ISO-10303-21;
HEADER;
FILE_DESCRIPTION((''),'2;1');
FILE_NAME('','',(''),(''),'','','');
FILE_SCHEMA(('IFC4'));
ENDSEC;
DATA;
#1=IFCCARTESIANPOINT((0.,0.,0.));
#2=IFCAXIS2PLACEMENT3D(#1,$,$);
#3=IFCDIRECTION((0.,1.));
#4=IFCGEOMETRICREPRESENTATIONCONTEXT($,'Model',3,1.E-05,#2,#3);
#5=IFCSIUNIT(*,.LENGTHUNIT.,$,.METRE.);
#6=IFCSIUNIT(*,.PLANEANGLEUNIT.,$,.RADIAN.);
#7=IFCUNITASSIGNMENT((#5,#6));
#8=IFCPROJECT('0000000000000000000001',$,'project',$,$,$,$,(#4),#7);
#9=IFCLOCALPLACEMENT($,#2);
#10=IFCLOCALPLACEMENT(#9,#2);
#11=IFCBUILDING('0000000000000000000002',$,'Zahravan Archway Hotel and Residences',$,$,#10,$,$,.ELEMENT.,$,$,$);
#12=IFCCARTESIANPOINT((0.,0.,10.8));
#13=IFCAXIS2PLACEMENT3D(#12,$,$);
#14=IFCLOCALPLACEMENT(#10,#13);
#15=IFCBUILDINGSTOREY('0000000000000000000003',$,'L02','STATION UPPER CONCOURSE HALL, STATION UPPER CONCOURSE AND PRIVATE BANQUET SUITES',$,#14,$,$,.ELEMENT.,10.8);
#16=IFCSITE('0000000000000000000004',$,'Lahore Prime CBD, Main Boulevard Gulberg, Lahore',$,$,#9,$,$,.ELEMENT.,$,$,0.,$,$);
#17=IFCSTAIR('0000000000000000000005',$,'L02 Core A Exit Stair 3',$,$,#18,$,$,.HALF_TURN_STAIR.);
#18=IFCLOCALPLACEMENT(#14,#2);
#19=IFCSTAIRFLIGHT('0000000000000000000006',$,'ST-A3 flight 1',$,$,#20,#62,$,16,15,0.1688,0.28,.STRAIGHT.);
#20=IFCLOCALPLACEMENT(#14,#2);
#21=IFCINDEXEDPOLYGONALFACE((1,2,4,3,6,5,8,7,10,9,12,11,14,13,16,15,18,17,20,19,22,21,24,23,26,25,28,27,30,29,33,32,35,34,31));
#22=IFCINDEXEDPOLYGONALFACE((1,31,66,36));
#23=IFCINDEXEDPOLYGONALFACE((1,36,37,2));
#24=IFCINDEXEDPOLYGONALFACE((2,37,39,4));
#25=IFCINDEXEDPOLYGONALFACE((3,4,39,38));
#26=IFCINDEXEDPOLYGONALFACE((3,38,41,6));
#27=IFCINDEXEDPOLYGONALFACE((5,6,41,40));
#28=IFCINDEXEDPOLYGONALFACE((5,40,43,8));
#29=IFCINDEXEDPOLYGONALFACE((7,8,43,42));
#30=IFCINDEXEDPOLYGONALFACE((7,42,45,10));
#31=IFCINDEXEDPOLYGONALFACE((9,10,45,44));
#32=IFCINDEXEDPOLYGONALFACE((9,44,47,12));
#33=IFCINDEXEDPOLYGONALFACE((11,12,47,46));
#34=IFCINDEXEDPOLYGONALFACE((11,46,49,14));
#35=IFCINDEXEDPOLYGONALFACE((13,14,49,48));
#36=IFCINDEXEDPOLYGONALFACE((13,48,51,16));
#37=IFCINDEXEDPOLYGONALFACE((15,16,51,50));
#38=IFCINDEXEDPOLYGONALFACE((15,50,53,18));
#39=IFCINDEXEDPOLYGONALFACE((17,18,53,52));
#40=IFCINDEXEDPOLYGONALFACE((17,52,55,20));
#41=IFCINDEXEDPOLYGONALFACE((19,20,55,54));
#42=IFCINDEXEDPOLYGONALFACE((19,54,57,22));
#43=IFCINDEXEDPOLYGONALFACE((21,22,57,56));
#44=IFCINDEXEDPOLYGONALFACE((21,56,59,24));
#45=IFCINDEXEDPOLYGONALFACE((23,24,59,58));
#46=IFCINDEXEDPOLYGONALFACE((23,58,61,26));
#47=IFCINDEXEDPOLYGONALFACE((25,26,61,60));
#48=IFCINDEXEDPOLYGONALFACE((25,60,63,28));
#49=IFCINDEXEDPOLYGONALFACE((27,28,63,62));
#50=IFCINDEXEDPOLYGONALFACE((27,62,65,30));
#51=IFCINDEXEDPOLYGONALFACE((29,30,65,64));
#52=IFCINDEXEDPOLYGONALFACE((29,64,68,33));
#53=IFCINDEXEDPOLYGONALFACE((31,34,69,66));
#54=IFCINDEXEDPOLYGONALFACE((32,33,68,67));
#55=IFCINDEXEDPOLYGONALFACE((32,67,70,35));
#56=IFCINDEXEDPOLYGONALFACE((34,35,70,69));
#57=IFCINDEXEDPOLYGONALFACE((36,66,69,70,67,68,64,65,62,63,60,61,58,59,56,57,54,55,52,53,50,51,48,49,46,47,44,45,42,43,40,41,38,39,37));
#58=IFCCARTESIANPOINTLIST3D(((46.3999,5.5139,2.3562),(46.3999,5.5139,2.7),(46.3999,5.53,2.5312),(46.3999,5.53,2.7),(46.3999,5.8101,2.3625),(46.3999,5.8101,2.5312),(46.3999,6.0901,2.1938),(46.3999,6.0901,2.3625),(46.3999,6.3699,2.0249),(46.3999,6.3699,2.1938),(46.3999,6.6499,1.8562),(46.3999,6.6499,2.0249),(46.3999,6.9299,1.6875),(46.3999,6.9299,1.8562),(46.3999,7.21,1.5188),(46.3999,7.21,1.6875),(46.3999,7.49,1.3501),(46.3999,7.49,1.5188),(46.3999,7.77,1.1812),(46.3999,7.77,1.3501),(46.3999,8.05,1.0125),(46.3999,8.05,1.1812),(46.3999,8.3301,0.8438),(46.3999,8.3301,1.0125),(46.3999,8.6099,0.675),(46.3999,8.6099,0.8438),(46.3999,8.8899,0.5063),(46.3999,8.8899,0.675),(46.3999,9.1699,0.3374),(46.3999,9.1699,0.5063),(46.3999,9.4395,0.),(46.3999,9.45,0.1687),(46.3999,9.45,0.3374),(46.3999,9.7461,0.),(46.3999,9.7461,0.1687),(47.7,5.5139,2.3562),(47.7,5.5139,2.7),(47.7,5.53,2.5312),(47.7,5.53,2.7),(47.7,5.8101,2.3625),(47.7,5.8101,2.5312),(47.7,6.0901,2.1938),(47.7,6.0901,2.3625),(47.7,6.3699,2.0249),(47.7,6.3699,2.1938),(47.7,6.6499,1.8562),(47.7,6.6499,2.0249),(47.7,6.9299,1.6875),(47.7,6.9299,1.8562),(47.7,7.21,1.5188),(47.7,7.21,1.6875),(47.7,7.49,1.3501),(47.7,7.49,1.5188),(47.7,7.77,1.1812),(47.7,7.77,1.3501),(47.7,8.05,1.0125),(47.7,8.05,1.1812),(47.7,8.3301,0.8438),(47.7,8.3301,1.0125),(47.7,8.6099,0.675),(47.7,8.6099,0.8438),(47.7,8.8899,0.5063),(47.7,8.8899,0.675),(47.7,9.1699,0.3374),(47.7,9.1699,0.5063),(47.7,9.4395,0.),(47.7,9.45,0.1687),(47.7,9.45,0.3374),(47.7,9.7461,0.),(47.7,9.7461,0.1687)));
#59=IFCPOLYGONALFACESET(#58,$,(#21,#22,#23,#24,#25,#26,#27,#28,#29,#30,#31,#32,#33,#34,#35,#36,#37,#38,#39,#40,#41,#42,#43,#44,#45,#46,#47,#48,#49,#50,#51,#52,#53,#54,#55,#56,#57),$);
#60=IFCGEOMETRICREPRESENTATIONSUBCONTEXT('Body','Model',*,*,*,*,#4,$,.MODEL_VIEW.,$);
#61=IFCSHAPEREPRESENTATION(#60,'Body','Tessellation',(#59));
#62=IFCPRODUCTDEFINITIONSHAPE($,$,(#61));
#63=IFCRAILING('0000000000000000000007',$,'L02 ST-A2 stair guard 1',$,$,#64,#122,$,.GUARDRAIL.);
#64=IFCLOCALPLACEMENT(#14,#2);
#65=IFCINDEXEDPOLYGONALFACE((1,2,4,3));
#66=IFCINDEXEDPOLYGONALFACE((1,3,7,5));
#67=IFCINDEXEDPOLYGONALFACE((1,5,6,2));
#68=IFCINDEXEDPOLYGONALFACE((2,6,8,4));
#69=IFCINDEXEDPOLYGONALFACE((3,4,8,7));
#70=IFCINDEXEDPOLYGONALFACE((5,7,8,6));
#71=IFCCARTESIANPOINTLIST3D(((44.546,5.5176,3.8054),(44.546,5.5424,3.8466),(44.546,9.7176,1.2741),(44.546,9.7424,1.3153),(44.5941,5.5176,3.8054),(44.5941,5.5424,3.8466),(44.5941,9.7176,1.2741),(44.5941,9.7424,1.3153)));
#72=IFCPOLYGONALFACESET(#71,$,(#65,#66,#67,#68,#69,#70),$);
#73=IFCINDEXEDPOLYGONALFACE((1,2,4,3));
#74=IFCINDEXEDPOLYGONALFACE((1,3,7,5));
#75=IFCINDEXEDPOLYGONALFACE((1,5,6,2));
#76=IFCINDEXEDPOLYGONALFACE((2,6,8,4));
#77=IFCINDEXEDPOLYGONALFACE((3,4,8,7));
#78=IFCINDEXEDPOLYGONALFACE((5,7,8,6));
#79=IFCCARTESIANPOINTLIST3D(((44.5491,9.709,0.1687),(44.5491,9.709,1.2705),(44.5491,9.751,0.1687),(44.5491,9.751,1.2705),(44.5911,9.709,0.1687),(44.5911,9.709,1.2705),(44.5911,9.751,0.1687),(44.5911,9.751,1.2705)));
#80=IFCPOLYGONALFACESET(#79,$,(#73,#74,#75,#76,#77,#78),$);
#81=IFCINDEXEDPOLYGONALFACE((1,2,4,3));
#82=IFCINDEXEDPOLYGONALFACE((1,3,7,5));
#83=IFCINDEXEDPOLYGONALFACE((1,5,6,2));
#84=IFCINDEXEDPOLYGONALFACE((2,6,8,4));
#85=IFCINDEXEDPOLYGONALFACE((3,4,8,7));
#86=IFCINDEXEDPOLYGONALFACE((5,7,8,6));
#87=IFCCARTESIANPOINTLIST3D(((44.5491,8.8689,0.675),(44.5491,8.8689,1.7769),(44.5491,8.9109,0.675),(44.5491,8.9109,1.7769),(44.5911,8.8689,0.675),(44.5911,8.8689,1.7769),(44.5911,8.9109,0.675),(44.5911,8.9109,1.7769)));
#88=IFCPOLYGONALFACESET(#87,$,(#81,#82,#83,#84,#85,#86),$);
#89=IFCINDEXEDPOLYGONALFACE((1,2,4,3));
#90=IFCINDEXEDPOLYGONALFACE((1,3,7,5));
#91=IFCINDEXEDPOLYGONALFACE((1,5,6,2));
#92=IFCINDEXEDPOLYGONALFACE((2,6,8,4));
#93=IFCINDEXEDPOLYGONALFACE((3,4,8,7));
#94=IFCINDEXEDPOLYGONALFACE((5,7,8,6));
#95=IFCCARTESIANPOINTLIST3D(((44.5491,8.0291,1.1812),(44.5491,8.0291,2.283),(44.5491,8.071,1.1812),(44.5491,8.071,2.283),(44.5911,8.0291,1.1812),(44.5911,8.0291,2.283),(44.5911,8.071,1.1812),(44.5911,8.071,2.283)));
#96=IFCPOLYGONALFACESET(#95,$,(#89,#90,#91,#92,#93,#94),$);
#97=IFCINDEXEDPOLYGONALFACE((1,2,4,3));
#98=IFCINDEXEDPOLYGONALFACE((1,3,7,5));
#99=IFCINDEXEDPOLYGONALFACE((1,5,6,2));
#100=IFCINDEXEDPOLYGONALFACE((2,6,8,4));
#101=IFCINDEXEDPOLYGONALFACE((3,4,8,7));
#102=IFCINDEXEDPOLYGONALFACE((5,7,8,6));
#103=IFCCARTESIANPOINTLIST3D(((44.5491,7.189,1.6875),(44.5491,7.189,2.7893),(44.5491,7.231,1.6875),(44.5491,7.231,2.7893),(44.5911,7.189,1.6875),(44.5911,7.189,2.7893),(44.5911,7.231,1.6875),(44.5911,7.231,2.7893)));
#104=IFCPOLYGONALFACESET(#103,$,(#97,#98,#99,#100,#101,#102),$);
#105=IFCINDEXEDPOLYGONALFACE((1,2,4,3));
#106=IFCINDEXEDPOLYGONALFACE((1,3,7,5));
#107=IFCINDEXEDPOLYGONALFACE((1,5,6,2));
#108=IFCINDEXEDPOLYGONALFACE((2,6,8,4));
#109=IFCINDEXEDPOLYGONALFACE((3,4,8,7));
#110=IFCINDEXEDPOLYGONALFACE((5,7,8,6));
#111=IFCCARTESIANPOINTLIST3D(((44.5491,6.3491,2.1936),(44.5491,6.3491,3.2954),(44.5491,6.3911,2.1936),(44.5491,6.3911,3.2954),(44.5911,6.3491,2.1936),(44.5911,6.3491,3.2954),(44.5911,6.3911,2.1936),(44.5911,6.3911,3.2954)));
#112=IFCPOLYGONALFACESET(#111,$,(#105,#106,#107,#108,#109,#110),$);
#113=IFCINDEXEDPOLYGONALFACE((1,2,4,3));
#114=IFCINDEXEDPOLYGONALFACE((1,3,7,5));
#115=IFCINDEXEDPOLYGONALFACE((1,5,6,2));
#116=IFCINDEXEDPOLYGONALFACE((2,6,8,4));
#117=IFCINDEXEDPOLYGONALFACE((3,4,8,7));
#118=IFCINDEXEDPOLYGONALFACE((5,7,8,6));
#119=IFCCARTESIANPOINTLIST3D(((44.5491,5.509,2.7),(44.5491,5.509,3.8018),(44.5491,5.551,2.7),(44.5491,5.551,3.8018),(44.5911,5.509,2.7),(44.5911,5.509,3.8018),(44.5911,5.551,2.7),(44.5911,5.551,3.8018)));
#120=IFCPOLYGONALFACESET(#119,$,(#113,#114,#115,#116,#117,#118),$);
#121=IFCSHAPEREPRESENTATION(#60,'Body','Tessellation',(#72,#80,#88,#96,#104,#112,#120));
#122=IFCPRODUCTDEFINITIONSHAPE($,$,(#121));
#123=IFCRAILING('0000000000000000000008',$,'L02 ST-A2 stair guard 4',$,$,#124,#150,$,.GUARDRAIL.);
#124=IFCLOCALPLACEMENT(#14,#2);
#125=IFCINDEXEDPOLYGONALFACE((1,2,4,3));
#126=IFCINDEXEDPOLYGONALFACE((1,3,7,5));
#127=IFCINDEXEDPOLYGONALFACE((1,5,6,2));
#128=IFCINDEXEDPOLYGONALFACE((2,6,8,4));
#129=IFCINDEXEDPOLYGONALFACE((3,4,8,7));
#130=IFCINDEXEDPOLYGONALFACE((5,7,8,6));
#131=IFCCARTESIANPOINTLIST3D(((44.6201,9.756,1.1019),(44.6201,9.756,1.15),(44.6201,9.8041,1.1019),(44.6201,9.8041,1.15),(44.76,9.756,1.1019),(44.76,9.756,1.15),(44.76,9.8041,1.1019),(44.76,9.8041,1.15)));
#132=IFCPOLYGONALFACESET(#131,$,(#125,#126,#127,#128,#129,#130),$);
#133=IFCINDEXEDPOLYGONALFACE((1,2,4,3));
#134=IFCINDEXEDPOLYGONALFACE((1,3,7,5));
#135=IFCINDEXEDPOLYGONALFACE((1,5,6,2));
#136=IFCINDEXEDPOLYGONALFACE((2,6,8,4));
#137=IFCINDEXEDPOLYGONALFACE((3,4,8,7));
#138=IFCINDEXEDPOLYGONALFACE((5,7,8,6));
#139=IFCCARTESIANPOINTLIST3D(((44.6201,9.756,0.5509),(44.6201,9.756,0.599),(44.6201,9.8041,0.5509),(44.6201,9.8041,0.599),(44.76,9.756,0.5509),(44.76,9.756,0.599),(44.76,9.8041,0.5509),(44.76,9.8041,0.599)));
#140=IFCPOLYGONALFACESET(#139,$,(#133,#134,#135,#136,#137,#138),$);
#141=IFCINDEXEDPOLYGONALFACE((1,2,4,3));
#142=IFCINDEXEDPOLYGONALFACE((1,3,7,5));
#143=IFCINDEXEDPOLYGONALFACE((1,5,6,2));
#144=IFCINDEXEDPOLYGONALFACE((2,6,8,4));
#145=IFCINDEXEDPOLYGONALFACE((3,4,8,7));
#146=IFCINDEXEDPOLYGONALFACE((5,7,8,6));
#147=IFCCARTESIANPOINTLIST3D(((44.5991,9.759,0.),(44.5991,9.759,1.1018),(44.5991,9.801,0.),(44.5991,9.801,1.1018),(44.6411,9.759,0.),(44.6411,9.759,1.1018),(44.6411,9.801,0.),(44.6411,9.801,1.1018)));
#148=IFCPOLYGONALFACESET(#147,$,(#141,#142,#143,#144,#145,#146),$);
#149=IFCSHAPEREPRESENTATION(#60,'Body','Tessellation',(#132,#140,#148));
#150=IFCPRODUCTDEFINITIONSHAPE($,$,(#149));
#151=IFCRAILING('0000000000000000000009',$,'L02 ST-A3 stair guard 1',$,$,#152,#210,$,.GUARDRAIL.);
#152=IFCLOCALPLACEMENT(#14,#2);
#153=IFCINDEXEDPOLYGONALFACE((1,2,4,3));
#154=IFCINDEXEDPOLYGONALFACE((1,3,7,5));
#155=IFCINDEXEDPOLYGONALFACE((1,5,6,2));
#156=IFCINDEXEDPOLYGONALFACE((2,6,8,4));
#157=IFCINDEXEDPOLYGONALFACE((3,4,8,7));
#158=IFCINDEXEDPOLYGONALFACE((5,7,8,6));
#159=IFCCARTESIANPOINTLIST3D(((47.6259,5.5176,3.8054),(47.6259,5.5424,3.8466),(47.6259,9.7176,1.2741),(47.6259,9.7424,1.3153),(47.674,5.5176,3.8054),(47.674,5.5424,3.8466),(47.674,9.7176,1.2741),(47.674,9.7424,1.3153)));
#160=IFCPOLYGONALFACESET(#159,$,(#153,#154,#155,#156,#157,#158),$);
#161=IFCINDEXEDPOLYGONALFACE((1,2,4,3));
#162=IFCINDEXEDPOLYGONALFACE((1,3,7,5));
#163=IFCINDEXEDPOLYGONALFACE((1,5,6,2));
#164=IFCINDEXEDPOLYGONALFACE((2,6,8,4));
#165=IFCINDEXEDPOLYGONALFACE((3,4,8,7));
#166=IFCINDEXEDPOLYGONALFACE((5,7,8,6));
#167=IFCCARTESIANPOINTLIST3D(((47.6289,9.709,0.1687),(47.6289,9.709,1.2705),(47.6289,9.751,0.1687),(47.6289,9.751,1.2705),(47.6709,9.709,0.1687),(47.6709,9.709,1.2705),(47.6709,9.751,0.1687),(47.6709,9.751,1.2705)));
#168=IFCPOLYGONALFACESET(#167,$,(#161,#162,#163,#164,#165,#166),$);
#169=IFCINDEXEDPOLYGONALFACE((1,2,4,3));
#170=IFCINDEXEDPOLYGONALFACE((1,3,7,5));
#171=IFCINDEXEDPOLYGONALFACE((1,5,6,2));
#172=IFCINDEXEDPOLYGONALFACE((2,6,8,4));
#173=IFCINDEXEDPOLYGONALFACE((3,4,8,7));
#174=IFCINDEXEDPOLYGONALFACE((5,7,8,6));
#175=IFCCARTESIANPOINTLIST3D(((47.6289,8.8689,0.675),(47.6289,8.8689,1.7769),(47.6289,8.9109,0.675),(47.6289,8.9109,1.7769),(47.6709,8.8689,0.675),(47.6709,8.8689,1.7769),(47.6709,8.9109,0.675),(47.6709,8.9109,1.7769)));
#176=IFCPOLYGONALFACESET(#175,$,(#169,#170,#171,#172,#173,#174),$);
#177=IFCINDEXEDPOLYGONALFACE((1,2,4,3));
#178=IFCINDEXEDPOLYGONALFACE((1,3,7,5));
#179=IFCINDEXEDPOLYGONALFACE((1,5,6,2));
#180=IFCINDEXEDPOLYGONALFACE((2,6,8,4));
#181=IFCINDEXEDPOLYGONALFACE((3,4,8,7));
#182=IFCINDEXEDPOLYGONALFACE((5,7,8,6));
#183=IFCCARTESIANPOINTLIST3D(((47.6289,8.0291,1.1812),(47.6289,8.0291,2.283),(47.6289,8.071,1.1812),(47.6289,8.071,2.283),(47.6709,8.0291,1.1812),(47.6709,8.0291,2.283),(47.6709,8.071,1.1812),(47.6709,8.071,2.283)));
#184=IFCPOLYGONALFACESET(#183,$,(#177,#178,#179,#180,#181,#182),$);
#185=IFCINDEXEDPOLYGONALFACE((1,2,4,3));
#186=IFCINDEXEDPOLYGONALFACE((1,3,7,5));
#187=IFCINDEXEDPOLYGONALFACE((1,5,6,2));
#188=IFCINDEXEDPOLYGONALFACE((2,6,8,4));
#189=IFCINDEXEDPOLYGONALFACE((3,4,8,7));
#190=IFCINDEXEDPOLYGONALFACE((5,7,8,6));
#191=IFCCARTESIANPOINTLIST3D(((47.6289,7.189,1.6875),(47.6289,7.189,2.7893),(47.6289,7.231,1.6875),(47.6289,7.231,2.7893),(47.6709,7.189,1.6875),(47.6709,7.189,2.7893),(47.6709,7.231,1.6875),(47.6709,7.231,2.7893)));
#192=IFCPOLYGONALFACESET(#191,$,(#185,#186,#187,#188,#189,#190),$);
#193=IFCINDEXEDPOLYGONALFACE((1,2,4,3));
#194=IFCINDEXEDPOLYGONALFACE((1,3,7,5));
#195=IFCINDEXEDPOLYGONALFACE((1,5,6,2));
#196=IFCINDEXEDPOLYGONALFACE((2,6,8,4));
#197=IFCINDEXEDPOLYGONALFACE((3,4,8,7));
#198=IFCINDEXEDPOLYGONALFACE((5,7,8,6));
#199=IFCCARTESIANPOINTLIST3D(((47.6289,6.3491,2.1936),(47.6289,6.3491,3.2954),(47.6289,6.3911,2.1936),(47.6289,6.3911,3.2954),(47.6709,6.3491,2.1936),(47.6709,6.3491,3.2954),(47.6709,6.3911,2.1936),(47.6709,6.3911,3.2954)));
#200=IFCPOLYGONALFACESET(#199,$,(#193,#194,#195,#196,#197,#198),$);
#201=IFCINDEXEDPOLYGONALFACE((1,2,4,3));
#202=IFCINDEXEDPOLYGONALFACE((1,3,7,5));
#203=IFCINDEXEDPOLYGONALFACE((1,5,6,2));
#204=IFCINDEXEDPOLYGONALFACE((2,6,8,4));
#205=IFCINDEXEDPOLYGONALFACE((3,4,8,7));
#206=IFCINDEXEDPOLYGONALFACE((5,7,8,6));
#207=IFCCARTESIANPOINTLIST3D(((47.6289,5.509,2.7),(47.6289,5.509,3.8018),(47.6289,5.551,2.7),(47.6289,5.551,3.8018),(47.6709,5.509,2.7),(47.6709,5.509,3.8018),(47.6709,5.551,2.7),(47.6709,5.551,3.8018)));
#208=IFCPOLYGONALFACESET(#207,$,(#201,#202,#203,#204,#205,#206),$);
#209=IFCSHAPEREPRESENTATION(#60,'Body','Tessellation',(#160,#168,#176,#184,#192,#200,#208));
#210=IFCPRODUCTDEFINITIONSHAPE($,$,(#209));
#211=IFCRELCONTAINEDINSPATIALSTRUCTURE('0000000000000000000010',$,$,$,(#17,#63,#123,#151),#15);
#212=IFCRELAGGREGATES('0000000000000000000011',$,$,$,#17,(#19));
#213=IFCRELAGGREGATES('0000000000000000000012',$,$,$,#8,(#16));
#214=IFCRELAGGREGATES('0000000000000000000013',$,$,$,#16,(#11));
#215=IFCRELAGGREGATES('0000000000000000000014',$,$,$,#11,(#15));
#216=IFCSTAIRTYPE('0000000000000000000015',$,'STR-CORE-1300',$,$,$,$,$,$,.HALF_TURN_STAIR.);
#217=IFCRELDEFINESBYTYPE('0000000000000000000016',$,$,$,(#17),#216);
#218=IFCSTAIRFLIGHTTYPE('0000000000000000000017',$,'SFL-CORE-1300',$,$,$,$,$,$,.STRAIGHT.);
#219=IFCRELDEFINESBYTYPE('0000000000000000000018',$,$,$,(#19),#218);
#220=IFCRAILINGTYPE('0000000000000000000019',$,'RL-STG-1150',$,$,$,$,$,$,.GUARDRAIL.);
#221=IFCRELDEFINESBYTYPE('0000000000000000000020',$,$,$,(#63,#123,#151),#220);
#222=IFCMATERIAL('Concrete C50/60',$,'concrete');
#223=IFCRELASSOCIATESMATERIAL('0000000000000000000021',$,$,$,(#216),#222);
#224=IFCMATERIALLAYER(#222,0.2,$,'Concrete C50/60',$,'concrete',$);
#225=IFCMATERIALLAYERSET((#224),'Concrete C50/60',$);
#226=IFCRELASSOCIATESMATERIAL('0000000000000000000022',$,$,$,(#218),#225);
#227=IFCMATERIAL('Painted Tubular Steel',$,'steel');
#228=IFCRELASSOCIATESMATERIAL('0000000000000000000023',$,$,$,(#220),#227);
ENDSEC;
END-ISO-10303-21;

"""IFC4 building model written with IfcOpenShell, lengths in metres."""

from ifc_helpers import new_model, si_unit, direction, frame, origin, origin_2d, place, context, subcontext, project, spatial, polyline, rectangle, outline, extrude, source, transform, mapped, material, layer, layer_set, type_object, element, aggregate, save


model = new_model("IFC4")

# Units and contexts
model_context = context("Model", 3, precision=1e-05, world=origin(), true_north=direction((0.0, 1.0)))
body_context = subcontext(model_context, "Body", "Model", "MODEL_VIEW")
ifc_project = project(units=[si_unit("LENGTHUNIT", "METRE"), si_unit("PLANEANGLEUNIT", "RADIAN")], contexts=[model_context])

# Site, building, storey
site_placement = place(None, origin())
site = spatial("IfcSite", under=ifc_project, at=site_placement, Name="Lahore Prime CBD, Main Boulevard Gulberg, Lahore", CompositionType="ELEMENT", RefElevation=0.0)
building_placement = place(site_placement, origin())
building = spatial("IfcBuilding", under=site, at=building_placement, Name="Zahravan Archway Hotel and Residences", CompositionType="ELEMENT")
storey_placement = place(building_placement, frame((0.0, 0.0, 10.8)))
storey = spatial("IfcBuildingStorey", under=building, at=storey_placement, Name="L02", Description="STATION UPPER CONCOURSE HALL, STATION UPPER CONCOURSE AND PRIVATE BANQUET SUITES", CompositionType="ELEMENT", Elevation=10.8)

# Shared definitions
ifc_material_1 = material(Name="Concrete C50/60", Category="concrete")

# Stair, stair flight
stair_type = type_object("IfcStairType", Name="STR-CORE-1300", PredefinedType="HALF_TURN_STAIR", material=ifc_material_1)
ifc_layer_1 = layer(ifc_material_1, 0.2, Name="Concrete C50/60", Category="concrete")
ifc_layer_set_1 = layer_set([ifc_layer_1], Name="Concrete C50/60")
stair_flight_type = type_object("IfcStairFlightType", Name="SFL-CORE-1300", PredefinedType="STRAIGHT", material=ifc_layer_set_1)
shared_shape_1 = source(origin(), body_context, "Body", "SweptSolid", [
    extrude(outline(polyline([(-0.0161, 0.0), (-0.0161, 0.1687), (0.28, 0.1687), (0.28, 0.3374), (0.5601, 0.3374), (0.5601, 0.5063), (0.8401, 0.5063), (0.8401, 0.675), (1.1201, 0.675), (1.1201, 0.8438), (1.3999, 0.8438), (1.3999, 1.0125), (1.6799, 1.0125), (1.6799, 1.1812), (1.96, 1.1812), (1.96, 1.3501), (2.24, 1.3501), (2.24, 1.5188), (2.52, 1.5188), (2.52, 1.6875), (2.8, 1.6875), (2.8, 1.8562), (3.0801, 1.8562), (3.0801, 2.0249), (3.3601, 2.0249), (3.3601, 2.1938), (3.6399, 2.1938), (3.6399, 2.3625), (3.9199, 2.3625), (3.9199, 2.5312), (4.2, 2.5312), (4.2, 2.7), (4.2161, 2.7), (4.2161, 2.3562), (0.2905, 0.0), (-0.0161, 0.0)])), frame((0.0, 0.6499, 0.0), z_axis=(0.0, -1.0, 0.0), x_axis=(1.0, 0.0, 0.0)), (0.0, 0.0, 1.0), 1.3),
])
stair_1_placement = place(storey_placement, origin())
stair_1 = element("IfcStair", 1, at=stair_1_placement, inside=storey, type_object=stair_type, Name="L02 Core A Exit Stair 3", PredefinedType="HALF_TURN_STAIR")
stair_flight_1_placement = place(storey_placement, frame((47.05, 9.73, 0.0), z_axis=(0.0, 0.0, 1.0), x_axis=(0.0, -1.0, 0.0)))
stair_flight_1 = element("IfcStairFlight", 2, at=stair_flight_1_placement, type_object=stair_flight_type, Name="ST-A3 flight 1", NumberOfRisers=16, NumberOfTreads=15, PredefinedType="STRAIGHT", RiserHeight=0.1688, TreadLength=0.28, context=body_context, shape_type="MappedRepresentation", body=[
    mapped(shared_shape_1, transform((0.0, 0.0, 0.0), scale=1.0)),
])
aggregate(stair_1, [stair_flight_1])

# Railings
ifc_material_2 = material(Name="Painted Tubular Steel", Category="steel")
railing_type_1 = type_object("IfcRailingType", Name="RL-STG-1150", PredefinedType="GUARDRAIL", material=ifc_material_2)
railing_1_placement = place(storey_placement, frame((44.5701, 9.73, 0.1687)))
element("IfcRailing", 3, at=railing_1_placement, inside=storey, type_object=railing_type_1, Name="L02 ST-A2 stair guard 1", PredefinedType="GUARDRAIL", context=body_context, shape_type="SweptSolid", body=[
    extrude(rectangle(XDim=0.0481, YDim=0.0481, at=origin_2d()), frame((0.0, 0.0, 1.126), z_axis=(0.0, -0.856476, 0.516186), x_axis=(1.0, 0.0, 0.0)), (0.0, 0.0, 1.0), 4.9038),
    extrude(rectangle(XDim=0.042, YDim=0.042, at=origin_2d()), origin(), (0.0, 0.0, 1.0), 1.1018),
    extrude(rectangle(XDim=0.042, YDim=0.042, at=origin_2d()), frame((0.0, -0.8401, 0.5063)), (0.0, 0.0, 1.0), 1.1018),
    extrude(rectangle(XDim=0.042, YDim=0.042, at=origin_2d()), frame((0.0, -1.6799, 1.0125)), (0.0, 0.0, 1.0), 1.1018),
    extrude(rectangle(XDim=0.042, YDim=0.042, at=origin_2d()), frame((0.0, -2.52, 1.5188)), (0.0, 0.0, 1.0), 1.1018),
    extrude(rectangle(XDim=0.042, YDim=0.042, at=origin_2d()), frame((0.0, -3.3599, 2.0249)), (0.0, 0.0, 1.0), 1.1018),
    extrude(rectangle(XDim=0.042, YDim=0.042, at=origin_2d()), frame((0.0, -4.2, 2.5312)), (0.0, 0.0, 1.0), 1.1018),
])
railing_2_placement = place(storey_placement, frame((44.6201, 9.78, 0.0)))
element("IfcRailing", 4, at=railing_2_placement, inside=storey, type_object=railing_type_1, Name="L02 ST-A2 stair guard 4", PredefinedType="GUARDRAIL", context=body_context, shape_type="SweptSolid", body=[
    extrude(rectangle(XDim=0.0481, YDim=0.0481, at=origin_2d()), frame((0.0, 0.0, 1.126), z_axis=(1.0, 0.0, 0.0), x_axis=(0.0, 1.0, 0.0)), (0.0, 0.0, 1.0), 0.1399),
    extrude(rectangle(XDim=0.0481, YDim=0.0481, at=origin_2d()), frame((0.0, 0.0, 0.575), z_axis=(1.0, 0.0, 0.0), x_axis=(0.0, 1.0, 0.0)), (0.0, 0.0, 1.0), 0.1399),
    extrude(rectangle(XDim=0.042, YDim=0.042, at=origin_2d()), origin(), (0.0, 0.0, 1.0), 1.1018),
])
railing_3_placement = place(storey_placement, frame((47.6499, 9.73, 0.1687)))
element("IfcRailing", 5, at=railing_3_placement, inside=storey, type_object=railing_type_1, Name="L02 ST-A3 stair guard 1", PredefinedType="GUARDRAIL", context=body_context, shape_type="SweptSolid", body=[
    extrude(rectangle(XDim=0.0481, YDim=0.0481, at=origin_2d()), frame((0.0, 0.0, 1.126), z_axis=(0.0, -0.856476, 0.516186), x_axis=(1.0, 0.0, 0.0)), (0.0, 0.0, 1.0), 4.9038),
    extrude(rectangle(XDim=0.042, YDim=0.042, at=origin_2d()), origin(), (0.0, 0.0, 1.0), 1.1018),
    extrude(rectangle(XDim=0.042, YDim=0.042, at=origin_2d()), frame((0.0, -0.8401, 0.5063)), (0.0, 0.0, 1.0), 1.1018),
    extrude(rectangle(XDim=0.042, YDim=0.042, at=origin_2d()), frame((0.0, -1.6799, 1.0125)), (0.0, 0.0, 1.0), 1.1018),
    extrude(rectangle(XDim=0.042, YDim=0.042, at=origin_2d()), frame((0.0, -2.52, 1.5188)), (0.0, 0.0, 1.0), 1.1018),
    extrude(rectangle(XDim=0.042, YDim=0.042, at=origin_2d()), frame((0.0, -3.3599, 2.0249)), (0.0, 0.0, 1.0), 1.1018),
    extrude(rectangle(XDim=0.042, YDim=0.042, at=origin_2d()), frame((0.0, -4.2, 2.5312)), (0.0, 0.0, 1.0), 1.1018),
])

save(model, "model.ifc")
